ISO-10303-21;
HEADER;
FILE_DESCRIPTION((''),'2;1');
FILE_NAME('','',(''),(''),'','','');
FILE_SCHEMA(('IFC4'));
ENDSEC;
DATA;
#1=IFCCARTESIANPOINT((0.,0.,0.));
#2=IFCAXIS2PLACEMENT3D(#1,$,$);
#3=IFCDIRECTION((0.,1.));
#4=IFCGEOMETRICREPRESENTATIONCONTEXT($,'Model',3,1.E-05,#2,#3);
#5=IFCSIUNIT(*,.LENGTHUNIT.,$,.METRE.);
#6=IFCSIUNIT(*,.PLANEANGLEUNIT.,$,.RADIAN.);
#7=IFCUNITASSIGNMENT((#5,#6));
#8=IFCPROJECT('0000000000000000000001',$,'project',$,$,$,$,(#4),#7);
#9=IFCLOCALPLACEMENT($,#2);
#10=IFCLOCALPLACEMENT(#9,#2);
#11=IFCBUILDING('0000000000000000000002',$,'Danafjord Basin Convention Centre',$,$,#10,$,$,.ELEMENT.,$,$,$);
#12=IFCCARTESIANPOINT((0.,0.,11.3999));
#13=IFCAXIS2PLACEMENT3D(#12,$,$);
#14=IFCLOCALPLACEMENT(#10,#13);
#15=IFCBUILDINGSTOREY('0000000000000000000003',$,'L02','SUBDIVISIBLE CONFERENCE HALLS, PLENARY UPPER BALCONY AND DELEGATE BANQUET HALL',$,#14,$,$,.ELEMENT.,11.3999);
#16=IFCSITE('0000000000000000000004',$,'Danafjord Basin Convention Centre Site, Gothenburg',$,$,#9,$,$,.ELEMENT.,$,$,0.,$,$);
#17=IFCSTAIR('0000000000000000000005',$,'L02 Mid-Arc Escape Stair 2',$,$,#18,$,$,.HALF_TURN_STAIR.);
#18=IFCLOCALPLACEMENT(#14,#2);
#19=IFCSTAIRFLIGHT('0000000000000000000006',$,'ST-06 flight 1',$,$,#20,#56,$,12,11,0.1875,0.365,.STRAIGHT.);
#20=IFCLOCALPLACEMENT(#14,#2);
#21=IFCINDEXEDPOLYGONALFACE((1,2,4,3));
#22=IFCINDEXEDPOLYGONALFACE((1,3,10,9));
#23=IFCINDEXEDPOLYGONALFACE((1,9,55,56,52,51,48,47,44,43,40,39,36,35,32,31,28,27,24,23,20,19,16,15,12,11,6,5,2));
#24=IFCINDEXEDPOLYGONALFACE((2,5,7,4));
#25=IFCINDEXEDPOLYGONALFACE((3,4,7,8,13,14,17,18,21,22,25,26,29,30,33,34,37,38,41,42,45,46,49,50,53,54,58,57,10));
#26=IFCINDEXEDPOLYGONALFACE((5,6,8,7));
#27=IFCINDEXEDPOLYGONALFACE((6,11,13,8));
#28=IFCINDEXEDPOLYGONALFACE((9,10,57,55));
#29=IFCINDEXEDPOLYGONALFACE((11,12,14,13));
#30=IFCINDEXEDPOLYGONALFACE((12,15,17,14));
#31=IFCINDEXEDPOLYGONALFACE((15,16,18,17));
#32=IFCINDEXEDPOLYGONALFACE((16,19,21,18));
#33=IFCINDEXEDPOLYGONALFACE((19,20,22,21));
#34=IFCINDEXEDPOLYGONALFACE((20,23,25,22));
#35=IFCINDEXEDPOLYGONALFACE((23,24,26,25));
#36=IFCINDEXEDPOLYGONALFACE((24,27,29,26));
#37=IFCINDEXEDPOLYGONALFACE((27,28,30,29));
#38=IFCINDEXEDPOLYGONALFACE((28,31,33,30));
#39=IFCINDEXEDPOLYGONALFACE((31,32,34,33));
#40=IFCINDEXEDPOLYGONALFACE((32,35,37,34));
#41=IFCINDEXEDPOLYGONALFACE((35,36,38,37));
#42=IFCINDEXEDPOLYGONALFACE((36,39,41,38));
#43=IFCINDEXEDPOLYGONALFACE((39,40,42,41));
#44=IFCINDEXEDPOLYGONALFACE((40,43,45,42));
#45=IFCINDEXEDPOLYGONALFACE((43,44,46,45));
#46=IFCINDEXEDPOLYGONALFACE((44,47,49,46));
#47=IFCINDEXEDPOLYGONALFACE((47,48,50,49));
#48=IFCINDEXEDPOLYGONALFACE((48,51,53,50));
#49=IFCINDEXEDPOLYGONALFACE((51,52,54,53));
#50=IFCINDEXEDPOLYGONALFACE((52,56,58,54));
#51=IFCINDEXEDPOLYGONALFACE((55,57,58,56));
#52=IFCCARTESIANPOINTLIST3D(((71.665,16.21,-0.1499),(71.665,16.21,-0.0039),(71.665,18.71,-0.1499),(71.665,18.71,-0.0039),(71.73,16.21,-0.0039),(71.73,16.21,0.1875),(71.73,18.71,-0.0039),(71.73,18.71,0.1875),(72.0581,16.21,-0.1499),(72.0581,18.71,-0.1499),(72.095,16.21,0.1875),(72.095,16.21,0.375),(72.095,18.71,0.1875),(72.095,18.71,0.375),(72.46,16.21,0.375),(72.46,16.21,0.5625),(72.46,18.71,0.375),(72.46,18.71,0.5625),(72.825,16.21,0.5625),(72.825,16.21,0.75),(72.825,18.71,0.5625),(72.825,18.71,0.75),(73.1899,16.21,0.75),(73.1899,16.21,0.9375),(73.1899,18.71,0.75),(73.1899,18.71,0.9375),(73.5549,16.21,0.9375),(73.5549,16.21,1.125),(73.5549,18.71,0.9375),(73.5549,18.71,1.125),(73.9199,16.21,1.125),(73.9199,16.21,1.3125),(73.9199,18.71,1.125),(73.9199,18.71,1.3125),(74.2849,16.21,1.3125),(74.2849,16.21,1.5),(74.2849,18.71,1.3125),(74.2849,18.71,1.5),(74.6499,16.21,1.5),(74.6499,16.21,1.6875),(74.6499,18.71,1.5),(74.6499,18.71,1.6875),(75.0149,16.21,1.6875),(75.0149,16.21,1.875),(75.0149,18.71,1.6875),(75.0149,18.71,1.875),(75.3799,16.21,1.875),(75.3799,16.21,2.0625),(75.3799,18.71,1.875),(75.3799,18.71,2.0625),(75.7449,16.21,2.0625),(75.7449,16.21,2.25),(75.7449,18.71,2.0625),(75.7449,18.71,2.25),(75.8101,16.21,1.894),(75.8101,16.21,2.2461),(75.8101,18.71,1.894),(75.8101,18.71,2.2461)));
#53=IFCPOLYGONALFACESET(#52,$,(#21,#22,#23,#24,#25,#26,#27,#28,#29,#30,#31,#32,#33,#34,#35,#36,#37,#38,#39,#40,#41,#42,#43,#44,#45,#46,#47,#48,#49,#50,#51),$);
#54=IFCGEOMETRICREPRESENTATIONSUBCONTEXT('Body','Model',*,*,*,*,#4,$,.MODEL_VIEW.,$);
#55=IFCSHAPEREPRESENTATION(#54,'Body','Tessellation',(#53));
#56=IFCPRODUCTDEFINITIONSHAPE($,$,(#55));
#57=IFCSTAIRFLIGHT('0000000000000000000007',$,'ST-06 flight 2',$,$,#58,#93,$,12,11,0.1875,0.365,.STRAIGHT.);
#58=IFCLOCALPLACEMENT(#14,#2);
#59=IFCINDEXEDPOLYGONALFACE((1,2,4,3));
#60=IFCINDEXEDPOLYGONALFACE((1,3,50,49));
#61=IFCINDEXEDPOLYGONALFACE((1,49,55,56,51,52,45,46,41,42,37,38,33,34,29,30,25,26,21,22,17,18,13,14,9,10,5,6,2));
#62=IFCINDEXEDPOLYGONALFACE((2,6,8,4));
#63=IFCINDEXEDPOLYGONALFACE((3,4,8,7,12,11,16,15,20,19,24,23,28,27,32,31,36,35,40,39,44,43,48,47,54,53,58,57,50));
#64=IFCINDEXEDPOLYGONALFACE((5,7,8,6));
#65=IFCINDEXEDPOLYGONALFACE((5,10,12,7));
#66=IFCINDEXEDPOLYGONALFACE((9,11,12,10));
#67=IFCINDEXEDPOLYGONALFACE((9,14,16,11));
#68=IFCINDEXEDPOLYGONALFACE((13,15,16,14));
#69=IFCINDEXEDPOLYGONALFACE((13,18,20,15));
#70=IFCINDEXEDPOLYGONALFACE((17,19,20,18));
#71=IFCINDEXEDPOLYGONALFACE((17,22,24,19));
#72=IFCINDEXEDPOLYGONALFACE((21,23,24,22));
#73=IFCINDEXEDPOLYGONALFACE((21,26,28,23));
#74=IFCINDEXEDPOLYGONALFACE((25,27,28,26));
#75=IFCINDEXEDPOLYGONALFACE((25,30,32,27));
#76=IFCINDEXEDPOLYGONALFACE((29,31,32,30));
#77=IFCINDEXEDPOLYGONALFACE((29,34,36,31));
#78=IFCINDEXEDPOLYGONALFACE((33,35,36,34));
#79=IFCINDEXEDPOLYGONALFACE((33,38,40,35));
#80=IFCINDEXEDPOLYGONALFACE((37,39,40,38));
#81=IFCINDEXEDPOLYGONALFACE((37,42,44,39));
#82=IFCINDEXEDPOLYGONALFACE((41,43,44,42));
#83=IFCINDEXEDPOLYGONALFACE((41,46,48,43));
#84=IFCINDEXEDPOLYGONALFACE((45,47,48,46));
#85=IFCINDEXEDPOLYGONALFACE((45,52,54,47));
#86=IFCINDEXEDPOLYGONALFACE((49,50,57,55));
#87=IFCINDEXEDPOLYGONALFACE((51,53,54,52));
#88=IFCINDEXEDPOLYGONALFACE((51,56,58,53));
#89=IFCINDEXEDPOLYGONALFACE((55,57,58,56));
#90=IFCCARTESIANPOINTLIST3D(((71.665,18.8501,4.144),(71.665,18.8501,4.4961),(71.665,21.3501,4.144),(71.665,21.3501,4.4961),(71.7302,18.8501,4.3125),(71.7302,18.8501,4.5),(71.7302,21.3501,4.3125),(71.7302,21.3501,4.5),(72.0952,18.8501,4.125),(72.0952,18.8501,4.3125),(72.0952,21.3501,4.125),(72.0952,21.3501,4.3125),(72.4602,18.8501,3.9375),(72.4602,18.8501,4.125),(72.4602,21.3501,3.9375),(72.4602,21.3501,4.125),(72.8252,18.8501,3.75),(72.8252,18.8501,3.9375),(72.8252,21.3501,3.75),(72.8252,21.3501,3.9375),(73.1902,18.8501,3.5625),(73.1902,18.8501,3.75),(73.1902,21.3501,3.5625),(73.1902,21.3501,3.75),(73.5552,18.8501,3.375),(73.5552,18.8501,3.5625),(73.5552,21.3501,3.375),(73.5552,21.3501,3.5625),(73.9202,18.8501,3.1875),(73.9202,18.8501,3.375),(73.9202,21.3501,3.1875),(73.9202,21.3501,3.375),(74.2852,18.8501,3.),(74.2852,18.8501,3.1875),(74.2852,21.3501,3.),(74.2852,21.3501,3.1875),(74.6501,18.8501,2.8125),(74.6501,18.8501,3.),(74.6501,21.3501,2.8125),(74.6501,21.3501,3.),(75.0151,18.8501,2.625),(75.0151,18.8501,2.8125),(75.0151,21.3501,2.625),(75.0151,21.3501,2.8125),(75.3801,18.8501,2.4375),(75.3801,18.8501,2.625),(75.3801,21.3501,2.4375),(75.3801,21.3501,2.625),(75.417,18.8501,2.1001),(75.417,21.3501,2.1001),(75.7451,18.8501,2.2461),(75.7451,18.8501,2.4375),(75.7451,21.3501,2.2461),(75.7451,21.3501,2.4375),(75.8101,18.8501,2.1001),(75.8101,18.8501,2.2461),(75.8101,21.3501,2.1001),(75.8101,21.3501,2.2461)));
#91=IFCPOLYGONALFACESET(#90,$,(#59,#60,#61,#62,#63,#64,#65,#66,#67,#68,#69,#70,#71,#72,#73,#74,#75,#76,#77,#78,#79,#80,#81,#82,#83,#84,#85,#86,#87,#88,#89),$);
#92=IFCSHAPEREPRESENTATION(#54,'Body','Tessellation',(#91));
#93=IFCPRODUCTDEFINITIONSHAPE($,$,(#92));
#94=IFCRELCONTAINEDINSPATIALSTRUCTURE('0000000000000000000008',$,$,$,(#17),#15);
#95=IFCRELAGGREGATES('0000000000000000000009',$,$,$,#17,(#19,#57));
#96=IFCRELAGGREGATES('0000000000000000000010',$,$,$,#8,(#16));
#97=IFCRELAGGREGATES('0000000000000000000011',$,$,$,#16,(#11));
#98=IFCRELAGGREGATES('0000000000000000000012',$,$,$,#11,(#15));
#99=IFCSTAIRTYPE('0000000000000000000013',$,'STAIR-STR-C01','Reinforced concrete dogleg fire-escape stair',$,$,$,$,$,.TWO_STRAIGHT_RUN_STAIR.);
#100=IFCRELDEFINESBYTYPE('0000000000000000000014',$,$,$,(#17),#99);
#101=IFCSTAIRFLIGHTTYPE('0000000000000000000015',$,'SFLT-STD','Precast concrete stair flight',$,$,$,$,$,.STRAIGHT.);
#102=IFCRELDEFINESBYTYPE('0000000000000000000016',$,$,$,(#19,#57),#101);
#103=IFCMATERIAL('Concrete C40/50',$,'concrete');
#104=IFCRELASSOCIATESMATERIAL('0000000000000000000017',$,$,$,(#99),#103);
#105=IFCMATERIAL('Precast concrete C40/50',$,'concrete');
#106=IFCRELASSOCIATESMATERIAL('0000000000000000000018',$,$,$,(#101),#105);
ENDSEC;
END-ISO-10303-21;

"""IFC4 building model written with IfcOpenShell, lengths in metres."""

from ifc_helpers import new_model, si_unit, direction, frame, origin, place, context, subcontext, project, spatial, polyline, outline, extrude, material, type_object, element, aggregate, save


model = new_model("IFC4")

# Units and contexts
model_context = context("Model", 3, precision=1e-05, world=origin(), true_north=direction((0.0, 1.0)))
body_context = subcontext(model_context, "Body", "Model", "MODEL_VIEW")
ifc_project = project(units=[si_unit("LENGTHUNIT", "METRE"), si_unit("PLANEANGLEUNIT", "RADIAN")], contexts=[model_context])

# Site, building, storey
site_placement = place(None, origin())
site = spatial("IfcSite", under=ifc_project, at=site_placement, Name="Danafjord Basin Convention Centre Site, Gothenburg", CompositionType="ELEMENT", RefElevation=0.0)
building_placement = place(site_placement, origin())
building = spatial("IfcBuilding", under=site, at=building_placement, Name="Danafjord Basin Convention Centre", CompositionType="ELEMENT")
storey_placement = place(building_placement, frame((0.0, 0.0, 11.3999)))
storey = spatial("IfcBuildingStorey", under=building, at=storey_placement, Name="L02", Description="SUBDIVISIBLE CONFERENCE HALLS, PLENARY UPPER BALCONY AND DELEGATE BANQUET HALL", CompositionType="ELEMENT", Elevation=11.3999)

# Stair, stair flights
ifc_material_1 = material(Name="Concrete C40/50", Category="concrete")
stair_type = type_object("IfcStairType", Name="STAIR-STR-C01", Description="Reinforced concrete dogleg fire-escape stair", PredefinedType="TWO_STRAIGHT_RUN_STAIR", material=ifc_material_1)
stair_placement = place(storey_placement, origin())
stair = element("IfcStair", 1, at=stair_placement, inside=storey, type_object=stair_type, Name="L02 Mid-Arc Escape Stair 2", PredefinedType="HALF_TURN_STAIR")
ifc_material_2 = material(Name="Precast concrete C40/50", Category="concrete")
stair_flight_type = type_object("IfcStairFlightType", Name="SFLT-STD", Description="Precast concrete stair flight", PredefinedType="STRAIGHT", material=ifc_material_2)
stair_flight_1_placement = place(storey_placement, frame((71.73, 17.46, 0.0), z_axis=(0.0, 0.0, 1.0), x_axis=(1.0, 0.0, 0.0)))
stair_flight_1 = element("IfcStairFlight", 2, at=stair_flight_1_placement, type_object=stair_flight_type, Name="ST-06 flight 1", NumberOfRisers=12, NumberOfTreads=11, PredefinedType="STRAIGHT", RiserHeight=0.1875, TreadLength=0.365, context=body_context, shape_type="SweptSolid", body=[
    extrude(outline(polyline([(-0.0649, -0.1499), (-0.0649, -0.0039), (0.0, -0.0039), (0.0, 0.1875), (0.365, 0.1875), (0.365, 0.375), (0.73, 0.375), (0.73, 0.5625), (1.095, 0.5625), (1.095, 0.75), (1.46, 0.75), (1.46, 0.9375), (1.825, 0.9375), (1.825, 1.125), (2.1899, 1.125), (2.1899, 1.3125), (2.5549, 1.3125), (2.5549, 1.5), (2.9199, 1.5), (2.9199, 1.6875), (3.2849, 1.6875), (3.2849, 1.875), (3.6499, 1.875), (3.6499, 2.0625), (4.0149, 2.0625), (4.0149, 2.25), (4.0801, 2.2461), (4.0801, 1.894), (0.3281, -0.1499), (-0.0649, -0.1499)])), frame((0.0, 1.25, 0.0), z_axis=(0.0, -1.0, 0.0), x_axis=(1.0, 0.0, 0.0)), (0.0, 0.0, 1.0), 2.5),
])
stair_flight_2_placement = place(storey_placement, frame((75.7451, 20.1001, 2.25), z_axis=(0.0, 0.0, 1.0), x_axis=(-1.0, 0.0, 0.0)))
stair_flight_2 = element("IfcStairFlight", 3, at=stair_flight_2_placement, type_object=stair_flight_type, Name="ST-06 flight 2", NumberOfRisers=12, NumberOfTreads=11, PredefinedType="STRAIGHT", RiserHeight=0.1875, TreadLength=0.365, context=body_context, shape_type="SweptSolid", body=[
    extrude(outline(polyline([(-0.0649, -0.1499), (-0.0649, -0.0039), (0.0, -0.0039), (0.0, 0.1875), (0.365, 0.1875), (0.365, 0.375), (0.73, 0.375), (0.73, 0.5625), (1.095, 0.5625), (1.095, 0.75), (1.46, 0.75), (1.46, 0.9375), (1.825, 0.9375), (1.825, 1.125), (2.1899, 1.125), (2.1899, 1.3125), (2.5549, 1.3125), (2.5549, 1.5), (2.9199, 1.5), (2.9199, 1.6875), (3.2849, 1.6875), (3.2849, 1.875), (3.6499, 1.875), (3.6499, 2.0625), (4.0149, 2.0625), (4.0149, 2.25), (4.0801, 2.2461), (4.0801, 1.894), (0.3281, -0.1499), (-0.0649, -0.1499)])), frame((0.0, 1.25, 0.0), z_axis=(0.0, -1.0, 0.0), x_axis=(1.0, 0.0, 0.0)), (0.0, 0.0, 1.0), 2.5),
])
aggregate(stair, [stair_flight_1, stair_flight_2])

save(model, "model.ifc")
